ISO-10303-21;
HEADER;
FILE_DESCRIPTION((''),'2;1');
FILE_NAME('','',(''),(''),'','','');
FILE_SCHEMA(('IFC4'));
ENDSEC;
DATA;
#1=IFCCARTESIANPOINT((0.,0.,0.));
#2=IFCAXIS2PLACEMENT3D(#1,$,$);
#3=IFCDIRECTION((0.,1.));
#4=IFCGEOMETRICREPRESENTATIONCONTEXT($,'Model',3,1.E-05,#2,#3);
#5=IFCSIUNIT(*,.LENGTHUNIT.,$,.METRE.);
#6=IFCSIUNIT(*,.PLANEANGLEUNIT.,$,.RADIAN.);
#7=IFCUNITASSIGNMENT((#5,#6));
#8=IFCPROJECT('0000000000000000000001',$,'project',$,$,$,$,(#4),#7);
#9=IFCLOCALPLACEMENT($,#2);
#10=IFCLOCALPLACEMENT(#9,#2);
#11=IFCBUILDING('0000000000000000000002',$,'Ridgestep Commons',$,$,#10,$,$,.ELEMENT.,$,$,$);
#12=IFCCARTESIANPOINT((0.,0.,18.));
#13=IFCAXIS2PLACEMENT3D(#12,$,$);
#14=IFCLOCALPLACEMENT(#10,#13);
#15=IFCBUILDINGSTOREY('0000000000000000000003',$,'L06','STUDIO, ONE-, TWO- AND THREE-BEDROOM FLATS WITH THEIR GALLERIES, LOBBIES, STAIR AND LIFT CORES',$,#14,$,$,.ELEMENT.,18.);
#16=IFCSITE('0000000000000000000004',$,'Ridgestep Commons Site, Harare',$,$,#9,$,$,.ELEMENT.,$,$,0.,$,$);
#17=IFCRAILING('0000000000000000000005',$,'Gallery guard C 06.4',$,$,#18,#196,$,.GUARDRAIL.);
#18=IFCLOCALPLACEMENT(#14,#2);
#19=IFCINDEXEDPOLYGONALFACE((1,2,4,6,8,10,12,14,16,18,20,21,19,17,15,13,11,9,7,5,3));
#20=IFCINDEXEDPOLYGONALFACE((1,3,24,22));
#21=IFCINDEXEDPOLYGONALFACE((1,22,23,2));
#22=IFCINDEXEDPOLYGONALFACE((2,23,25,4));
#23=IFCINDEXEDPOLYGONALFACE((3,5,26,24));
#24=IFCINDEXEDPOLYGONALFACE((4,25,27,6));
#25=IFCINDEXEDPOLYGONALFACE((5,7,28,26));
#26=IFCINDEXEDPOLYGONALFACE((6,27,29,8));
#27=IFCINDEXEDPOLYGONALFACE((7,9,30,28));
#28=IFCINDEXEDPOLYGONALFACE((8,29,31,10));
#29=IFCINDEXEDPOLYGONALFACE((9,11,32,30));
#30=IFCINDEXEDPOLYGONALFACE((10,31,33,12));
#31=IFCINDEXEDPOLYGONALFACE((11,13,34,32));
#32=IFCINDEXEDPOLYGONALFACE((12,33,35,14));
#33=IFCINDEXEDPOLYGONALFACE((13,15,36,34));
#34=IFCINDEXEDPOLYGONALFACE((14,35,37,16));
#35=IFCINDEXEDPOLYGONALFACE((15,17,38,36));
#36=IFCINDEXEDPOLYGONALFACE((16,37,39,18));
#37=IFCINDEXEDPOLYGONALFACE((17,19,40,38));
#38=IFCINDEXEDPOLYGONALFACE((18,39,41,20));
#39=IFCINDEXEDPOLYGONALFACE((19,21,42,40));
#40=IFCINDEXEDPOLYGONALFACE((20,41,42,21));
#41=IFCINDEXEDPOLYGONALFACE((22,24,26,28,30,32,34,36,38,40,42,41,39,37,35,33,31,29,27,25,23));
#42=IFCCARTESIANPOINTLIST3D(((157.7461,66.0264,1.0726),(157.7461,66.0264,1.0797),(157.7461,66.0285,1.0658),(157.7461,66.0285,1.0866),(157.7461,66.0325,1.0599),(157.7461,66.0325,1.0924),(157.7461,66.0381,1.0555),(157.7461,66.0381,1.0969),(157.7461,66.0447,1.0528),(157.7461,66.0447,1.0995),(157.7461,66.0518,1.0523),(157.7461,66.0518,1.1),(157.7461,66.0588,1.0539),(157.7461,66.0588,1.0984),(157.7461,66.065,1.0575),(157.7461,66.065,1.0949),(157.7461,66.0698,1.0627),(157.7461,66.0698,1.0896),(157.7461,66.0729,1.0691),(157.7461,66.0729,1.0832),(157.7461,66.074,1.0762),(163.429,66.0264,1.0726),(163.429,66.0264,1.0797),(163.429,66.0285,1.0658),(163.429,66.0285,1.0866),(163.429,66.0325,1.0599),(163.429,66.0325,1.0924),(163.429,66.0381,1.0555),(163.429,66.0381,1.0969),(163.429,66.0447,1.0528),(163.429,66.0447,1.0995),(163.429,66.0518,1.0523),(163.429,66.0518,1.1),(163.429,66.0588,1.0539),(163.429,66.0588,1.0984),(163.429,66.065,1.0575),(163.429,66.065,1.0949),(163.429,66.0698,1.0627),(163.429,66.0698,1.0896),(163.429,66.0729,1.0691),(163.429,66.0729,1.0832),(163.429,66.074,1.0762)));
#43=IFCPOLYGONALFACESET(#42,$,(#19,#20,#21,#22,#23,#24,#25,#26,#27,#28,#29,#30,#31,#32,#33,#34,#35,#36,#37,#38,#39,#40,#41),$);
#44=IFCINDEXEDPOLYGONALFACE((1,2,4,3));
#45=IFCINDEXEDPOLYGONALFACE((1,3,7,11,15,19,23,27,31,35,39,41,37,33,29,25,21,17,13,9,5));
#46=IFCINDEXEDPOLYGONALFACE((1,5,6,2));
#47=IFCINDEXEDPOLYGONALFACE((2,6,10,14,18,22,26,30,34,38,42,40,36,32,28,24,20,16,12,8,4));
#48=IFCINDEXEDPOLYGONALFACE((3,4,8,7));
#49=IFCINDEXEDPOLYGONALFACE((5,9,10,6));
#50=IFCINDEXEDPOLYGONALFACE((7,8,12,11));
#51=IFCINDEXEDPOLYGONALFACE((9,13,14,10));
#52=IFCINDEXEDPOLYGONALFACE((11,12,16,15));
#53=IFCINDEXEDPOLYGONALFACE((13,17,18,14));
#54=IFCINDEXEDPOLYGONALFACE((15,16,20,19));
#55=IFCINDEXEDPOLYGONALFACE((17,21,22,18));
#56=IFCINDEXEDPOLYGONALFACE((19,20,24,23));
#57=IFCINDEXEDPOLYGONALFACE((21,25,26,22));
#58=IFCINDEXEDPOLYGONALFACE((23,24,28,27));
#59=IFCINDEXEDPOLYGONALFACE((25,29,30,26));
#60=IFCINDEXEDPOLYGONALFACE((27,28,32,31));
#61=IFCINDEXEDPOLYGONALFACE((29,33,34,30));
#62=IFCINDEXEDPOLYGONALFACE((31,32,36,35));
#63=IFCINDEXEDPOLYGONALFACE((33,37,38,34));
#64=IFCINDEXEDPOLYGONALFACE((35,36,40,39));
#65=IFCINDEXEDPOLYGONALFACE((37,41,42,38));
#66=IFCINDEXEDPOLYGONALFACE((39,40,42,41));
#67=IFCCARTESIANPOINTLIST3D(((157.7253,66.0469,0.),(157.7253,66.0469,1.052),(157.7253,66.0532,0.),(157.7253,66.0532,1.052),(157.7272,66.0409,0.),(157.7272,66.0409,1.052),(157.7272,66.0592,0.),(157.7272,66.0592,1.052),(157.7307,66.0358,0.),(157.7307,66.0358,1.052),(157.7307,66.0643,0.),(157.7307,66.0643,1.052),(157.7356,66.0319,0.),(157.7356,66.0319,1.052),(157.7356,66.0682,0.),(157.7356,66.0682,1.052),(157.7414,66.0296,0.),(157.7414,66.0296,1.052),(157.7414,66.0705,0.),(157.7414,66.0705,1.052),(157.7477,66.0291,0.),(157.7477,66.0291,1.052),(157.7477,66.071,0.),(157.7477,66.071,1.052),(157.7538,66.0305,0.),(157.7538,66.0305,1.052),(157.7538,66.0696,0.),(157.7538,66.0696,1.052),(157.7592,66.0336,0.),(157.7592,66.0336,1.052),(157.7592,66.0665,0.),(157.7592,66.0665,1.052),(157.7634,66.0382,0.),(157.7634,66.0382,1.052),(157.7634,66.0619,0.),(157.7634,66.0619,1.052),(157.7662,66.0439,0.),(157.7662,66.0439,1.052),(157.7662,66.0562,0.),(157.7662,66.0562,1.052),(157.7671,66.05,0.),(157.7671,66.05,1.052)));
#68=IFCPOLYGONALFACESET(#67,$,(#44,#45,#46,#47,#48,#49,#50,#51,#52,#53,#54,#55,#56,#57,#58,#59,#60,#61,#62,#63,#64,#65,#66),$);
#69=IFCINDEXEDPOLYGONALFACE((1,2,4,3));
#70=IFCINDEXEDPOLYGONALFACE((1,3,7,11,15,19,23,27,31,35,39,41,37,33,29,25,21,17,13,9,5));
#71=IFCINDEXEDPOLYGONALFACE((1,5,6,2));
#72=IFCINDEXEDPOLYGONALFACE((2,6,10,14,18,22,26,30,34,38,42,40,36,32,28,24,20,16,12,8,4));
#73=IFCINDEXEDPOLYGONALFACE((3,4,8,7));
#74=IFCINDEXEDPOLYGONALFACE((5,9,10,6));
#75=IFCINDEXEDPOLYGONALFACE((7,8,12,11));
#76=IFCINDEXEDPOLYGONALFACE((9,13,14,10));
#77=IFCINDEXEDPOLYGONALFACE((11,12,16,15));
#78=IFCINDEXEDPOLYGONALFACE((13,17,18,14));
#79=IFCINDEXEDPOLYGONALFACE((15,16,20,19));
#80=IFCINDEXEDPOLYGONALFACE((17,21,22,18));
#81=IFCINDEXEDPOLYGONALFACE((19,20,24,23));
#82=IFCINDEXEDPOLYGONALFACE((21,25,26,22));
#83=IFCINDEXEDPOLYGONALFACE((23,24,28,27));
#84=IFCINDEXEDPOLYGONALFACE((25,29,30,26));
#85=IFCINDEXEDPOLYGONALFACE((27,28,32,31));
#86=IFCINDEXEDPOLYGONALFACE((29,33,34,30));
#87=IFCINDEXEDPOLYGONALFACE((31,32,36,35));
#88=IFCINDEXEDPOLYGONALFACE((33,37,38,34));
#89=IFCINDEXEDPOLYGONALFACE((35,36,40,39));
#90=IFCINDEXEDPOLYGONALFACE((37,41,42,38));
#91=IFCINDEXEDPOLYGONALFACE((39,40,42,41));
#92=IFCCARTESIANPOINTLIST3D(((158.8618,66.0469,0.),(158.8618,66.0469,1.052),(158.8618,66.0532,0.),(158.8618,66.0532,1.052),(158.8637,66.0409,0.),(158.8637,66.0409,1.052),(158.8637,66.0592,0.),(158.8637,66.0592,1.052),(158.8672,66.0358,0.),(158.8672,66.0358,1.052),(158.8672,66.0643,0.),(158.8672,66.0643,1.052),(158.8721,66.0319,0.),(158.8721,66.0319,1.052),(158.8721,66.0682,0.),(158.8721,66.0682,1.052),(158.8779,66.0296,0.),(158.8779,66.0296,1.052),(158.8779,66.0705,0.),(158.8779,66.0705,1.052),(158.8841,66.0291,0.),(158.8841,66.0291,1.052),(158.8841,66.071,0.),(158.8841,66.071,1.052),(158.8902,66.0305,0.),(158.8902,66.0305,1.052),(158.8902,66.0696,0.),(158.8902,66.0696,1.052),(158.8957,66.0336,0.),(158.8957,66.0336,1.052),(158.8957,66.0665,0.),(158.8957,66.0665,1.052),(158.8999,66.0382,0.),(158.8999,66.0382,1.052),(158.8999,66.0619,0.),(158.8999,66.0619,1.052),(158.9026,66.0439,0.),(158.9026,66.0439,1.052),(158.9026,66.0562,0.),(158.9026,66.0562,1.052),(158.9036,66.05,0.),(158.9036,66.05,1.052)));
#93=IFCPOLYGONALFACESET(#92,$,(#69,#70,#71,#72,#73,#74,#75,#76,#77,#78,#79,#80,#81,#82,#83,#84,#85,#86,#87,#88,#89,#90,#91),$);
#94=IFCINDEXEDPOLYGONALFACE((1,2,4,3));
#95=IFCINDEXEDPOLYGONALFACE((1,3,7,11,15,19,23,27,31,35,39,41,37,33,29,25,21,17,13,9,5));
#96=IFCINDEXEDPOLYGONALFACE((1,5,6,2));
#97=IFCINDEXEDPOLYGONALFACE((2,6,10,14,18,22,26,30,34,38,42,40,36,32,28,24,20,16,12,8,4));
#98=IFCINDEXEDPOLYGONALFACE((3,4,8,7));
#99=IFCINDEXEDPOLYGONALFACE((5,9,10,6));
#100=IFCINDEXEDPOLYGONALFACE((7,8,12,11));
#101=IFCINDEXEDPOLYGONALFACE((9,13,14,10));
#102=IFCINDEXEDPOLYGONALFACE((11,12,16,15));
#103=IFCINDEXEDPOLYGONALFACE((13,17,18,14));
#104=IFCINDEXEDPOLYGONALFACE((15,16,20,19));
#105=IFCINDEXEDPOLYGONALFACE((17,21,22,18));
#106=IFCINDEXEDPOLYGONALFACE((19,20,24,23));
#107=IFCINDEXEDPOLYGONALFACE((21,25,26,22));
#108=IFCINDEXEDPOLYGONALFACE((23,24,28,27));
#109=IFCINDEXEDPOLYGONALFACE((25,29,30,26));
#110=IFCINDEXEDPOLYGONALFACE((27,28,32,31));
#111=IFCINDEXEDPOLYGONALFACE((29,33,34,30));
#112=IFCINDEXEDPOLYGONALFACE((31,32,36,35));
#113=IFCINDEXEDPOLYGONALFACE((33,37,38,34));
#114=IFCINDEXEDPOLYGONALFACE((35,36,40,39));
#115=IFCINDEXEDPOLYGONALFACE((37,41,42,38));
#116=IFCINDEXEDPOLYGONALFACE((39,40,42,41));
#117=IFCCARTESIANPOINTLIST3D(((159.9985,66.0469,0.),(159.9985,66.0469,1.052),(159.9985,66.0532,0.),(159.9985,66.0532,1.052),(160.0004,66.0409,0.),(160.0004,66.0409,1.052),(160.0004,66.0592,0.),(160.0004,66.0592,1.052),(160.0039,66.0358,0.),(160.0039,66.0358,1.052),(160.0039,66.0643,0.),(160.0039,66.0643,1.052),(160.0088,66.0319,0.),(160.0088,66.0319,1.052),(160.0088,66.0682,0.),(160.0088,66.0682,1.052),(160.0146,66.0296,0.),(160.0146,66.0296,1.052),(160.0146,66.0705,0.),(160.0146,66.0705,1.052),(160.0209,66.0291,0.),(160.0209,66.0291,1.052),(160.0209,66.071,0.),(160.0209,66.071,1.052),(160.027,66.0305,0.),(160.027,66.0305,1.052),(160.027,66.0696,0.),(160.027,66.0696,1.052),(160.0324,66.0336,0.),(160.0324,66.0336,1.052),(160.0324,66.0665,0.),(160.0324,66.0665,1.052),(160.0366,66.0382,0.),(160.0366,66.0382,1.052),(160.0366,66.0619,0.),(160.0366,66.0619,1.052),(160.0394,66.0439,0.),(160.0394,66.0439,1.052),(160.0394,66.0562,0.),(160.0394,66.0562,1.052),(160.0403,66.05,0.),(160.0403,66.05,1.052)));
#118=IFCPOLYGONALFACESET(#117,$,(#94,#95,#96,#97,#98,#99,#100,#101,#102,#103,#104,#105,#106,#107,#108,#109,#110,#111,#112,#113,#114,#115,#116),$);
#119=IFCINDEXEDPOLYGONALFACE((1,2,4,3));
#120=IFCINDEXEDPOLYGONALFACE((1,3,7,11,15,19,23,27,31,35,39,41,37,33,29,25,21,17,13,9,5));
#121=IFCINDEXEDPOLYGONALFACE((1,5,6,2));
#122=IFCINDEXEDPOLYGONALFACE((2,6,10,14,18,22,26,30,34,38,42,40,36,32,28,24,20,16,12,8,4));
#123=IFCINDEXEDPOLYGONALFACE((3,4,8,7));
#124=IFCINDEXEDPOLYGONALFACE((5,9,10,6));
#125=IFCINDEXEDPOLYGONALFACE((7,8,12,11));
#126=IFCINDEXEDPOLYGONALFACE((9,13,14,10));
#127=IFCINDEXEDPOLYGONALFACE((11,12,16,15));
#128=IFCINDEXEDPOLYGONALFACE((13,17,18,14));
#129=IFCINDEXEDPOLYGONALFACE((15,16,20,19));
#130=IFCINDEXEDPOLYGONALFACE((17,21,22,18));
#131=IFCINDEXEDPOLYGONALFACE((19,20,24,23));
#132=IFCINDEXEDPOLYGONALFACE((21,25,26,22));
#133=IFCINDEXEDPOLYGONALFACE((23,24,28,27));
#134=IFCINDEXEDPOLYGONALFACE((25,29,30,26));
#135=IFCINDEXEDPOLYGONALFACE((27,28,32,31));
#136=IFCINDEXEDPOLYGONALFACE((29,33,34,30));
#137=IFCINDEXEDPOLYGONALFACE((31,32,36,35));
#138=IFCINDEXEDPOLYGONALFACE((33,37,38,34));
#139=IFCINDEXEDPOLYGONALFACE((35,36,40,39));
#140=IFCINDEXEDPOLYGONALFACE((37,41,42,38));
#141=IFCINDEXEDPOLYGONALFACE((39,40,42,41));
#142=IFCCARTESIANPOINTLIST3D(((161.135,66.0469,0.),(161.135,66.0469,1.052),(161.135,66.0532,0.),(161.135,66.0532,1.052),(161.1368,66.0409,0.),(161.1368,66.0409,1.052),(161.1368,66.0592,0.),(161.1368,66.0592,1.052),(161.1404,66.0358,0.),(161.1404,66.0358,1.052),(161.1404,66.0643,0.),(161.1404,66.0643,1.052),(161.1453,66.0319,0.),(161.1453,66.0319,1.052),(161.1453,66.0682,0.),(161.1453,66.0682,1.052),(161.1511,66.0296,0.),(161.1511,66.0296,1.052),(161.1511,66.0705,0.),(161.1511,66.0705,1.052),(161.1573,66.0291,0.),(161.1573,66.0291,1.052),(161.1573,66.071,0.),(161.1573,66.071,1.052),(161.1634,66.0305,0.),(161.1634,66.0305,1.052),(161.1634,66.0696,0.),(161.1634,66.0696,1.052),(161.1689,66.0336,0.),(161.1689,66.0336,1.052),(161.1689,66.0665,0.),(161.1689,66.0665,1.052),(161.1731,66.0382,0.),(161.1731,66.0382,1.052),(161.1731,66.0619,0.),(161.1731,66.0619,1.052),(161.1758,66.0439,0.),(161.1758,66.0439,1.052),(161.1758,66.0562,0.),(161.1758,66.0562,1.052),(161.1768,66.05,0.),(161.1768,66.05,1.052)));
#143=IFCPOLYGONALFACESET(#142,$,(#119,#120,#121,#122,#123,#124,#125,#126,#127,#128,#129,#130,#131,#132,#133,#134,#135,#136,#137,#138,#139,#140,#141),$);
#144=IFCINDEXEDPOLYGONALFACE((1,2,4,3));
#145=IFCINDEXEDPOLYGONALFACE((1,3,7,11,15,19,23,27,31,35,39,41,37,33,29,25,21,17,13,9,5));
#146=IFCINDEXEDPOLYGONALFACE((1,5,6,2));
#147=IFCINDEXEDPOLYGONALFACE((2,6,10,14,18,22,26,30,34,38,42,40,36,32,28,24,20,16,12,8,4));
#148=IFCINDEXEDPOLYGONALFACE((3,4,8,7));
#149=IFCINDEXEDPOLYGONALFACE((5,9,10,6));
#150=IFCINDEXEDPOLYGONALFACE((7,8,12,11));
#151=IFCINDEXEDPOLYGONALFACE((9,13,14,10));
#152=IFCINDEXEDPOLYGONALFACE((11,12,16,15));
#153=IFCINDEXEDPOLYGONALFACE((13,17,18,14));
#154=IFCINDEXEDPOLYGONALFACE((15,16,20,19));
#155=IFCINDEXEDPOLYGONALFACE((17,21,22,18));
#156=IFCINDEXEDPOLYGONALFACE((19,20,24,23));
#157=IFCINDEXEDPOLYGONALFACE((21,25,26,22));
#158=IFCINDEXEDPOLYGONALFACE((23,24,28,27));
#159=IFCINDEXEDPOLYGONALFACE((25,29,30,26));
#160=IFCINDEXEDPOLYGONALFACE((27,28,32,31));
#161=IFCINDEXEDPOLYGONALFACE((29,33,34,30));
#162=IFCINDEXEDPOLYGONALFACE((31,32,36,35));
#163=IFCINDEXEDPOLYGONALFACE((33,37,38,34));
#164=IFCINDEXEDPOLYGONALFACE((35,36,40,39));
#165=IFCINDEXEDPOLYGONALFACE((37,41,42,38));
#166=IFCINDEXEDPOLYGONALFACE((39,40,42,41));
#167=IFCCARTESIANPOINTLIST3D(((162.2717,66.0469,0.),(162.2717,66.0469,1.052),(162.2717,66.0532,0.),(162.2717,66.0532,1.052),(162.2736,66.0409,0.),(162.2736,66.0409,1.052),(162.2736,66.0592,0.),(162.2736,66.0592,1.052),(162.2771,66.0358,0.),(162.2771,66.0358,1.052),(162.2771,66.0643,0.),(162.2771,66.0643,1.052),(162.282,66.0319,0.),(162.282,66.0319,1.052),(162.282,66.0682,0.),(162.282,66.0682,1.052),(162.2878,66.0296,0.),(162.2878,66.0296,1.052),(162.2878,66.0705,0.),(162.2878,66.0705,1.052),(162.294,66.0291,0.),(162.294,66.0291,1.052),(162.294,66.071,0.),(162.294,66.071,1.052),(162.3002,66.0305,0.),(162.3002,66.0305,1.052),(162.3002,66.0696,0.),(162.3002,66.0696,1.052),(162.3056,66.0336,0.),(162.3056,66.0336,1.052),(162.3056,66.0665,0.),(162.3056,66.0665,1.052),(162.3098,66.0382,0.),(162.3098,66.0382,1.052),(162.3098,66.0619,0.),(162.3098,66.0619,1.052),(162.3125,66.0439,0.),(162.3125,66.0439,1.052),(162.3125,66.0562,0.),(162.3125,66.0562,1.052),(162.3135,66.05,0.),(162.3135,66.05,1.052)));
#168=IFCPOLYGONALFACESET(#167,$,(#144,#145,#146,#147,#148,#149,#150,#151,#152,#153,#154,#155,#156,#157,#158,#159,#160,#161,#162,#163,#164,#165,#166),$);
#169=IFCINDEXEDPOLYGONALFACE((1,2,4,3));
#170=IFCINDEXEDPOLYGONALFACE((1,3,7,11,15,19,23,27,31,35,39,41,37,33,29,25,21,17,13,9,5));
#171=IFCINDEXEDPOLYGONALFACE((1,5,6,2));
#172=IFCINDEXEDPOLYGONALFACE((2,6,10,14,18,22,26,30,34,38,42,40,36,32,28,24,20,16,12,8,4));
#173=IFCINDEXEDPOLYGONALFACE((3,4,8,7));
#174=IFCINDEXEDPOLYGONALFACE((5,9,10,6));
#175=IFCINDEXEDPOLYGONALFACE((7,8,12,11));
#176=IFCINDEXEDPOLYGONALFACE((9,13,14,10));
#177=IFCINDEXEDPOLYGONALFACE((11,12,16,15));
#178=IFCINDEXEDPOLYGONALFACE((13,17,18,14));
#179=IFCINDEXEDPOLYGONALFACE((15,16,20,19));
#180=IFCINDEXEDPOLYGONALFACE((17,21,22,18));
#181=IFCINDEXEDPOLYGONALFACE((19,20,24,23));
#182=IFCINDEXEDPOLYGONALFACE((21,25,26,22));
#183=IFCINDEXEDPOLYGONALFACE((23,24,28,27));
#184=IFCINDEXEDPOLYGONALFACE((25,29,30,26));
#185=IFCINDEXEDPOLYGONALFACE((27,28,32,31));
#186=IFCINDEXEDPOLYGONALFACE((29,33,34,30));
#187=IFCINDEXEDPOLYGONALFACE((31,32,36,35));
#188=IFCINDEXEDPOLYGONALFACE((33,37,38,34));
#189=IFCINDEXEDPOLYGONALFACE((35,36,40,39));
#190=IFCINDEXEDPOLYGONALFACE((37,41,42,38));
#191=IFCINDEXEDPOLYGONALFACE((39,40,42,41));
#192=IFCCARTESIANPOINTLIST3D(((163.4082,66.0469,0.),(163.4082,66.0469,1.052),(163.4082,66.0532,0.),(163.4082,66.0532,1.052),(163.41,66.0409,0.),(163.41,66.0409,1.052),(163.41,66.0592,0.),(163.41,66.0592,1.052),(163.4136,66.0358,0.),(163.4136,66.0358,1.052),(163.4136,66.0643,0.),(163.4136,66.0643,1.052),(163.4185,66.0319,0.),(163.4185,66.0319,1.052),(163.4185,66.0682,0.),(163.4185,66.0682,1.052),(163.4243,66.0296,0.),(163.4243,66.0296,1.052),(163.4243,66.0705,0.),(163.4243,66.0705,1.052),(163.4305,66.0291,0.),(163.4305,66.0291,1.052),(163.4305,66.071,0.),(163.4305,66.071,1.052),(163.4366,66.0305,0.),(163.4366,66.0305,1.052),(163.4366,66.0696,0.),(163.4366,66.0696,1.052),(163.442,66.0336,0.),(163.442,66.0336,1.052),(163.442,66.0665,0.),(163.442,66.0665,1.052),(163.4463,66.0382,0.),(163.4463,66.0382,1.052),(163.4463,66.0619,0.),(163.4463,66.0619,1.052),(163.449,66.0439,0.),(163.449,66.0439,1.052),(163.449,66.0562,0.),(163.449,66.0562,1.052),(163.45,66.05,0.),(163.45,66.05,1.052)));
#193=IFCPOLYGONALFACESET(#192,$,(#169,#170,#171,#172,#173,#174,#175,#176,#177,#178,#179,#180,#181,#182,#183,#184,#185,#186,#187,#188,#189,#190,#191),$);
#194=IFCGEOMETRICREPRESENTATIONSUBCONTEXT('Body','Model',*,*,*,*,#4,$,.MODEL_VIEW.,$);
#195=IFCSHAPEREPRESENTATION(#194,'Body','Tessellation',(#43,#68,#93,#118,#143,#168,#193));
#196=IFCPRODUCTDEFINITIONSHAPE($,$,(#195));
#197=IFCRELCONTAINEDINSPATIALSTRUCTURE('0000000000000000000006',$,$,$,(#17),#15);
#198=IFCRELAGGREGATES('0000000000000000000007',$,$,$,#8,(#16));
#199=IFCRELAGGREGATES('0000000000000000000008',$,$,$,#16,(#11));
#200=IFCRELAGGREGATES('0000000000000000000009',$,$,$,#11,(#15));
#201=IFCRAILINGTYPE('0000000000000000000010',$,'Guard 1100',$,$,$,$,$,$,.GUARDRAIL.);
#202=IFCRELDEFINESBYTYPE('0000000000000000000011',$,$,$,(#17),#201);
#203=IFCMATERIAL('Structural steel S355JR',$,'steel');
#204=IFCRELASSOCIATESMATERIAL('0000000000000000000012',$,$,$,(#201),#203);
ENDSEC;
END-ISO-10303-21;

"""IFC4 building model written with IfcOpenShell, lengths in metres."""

from ifc_helpers import new_model, si_unit, direction, frame, origin, origin_2d, place, context, subcontext, project, spatial, circle, extrude, material, type_object, element, save


model = new_model("IFC4")

# Units and contexts
model_context = context("Model", 3, precision=1e-05, world=origin(), true_north=direction((0.0, 1.0)))
body_context = subcontext(model_context, "Body", "Model", "MODEL_VIEW")
ifc_project = project(units=[si_unit("LENGTHUNIT", "METRE"), si_unit("PLANEANGLEUNIT", "RADIAN")], contexts=[model_context])

# Site, building, storey
site_placement = place(None, origin())
site = spatial("IfcSite", under=ifc_project, at=site_placement, Name="Ridgestep Commons Site, Harare", CompositionType="ELEMENT", RefElevation=0.0)
building_placement = place(site_placement, origin())
building = spatial("IfcBuilding", under=site, at=building_placement, Name="Ridgestep Commons", CompositionType="ELEMENT")
storey_placement = place(building_placement, frame((0.0, 0.0, 18.0)))
storey = spatial("IfcBuildingStorey", under=building, at=storey_placement, Name="L06", Description="STUDIO, ONE-, TWO- AND THREE-BEDROOM FLATS WITH THEIR GALLERIES, LOBBIES, STAIR AND LIFT CORES", CompositionType="ELEMENT", Elevation=18.0)

# Railing
ifc_material_1 = material(Name="Structural steel S355JR", Category="steel")
railing_type_1 = type_object("IfcRailingType", Name="Guard 1100", PredefinedType="GUARDRAIL", material=ifc_material_1)
railing_1_placement = place(storey_placement, frame((157.7461, 66.05, 0.0)))
element("IfcRailing", 1, at=railing_1_placement, inside=storey, type_object=railing_type_1, Name="Gallery guard C 06.4", PredefinedType="GUARDRAIL", context=body_context, shape_type="SweptSolid", body=[
    extrude(circle(Radius=0.0239, at=origin_2d()), frame((0.0, 0.0, 1.0762), z_axis=(1.0, 0.0, 0.0), x_axis=(0.0, 1.0, 0.0)), (0.0, 0.0, 1.0), 5.6829),
    extrude(circle(Radius=0.021, at=origin_2d()), origin(), (0.0, 0.0, 1.0), 1.052),
    extrude(circle(Radius=0.021, at=origin_2d()), frame((1.1365, 0.0, 0.0)), (0.0, 0.0, 1.0), 1.052),
    extrude(circle(Radius=0.021, at=origin_2d()), frame((2.2732, 0.0, 0.0)), (0.0, 0.0, 1.0), 1.052),
    extrude(circle(Radius=0.021, at=origin_2d()), frame((3.4097, 0.0, 0.0)), (0.0, 0.0, 1.0), 1.052),
    extrude(circle(Radius=0.021, at=origin_2d()), frame((4.5464, 0.0, 0.0)), (0.0, 0.0, 1.0), 1.052),
    extrude(circle(Radius=0.021, at=origin_2d()), frame((5.6829, 0.0, 0.0)), (0.0, 0.0, 1.0), 1.052),
])

save(model, "model.ifc")
